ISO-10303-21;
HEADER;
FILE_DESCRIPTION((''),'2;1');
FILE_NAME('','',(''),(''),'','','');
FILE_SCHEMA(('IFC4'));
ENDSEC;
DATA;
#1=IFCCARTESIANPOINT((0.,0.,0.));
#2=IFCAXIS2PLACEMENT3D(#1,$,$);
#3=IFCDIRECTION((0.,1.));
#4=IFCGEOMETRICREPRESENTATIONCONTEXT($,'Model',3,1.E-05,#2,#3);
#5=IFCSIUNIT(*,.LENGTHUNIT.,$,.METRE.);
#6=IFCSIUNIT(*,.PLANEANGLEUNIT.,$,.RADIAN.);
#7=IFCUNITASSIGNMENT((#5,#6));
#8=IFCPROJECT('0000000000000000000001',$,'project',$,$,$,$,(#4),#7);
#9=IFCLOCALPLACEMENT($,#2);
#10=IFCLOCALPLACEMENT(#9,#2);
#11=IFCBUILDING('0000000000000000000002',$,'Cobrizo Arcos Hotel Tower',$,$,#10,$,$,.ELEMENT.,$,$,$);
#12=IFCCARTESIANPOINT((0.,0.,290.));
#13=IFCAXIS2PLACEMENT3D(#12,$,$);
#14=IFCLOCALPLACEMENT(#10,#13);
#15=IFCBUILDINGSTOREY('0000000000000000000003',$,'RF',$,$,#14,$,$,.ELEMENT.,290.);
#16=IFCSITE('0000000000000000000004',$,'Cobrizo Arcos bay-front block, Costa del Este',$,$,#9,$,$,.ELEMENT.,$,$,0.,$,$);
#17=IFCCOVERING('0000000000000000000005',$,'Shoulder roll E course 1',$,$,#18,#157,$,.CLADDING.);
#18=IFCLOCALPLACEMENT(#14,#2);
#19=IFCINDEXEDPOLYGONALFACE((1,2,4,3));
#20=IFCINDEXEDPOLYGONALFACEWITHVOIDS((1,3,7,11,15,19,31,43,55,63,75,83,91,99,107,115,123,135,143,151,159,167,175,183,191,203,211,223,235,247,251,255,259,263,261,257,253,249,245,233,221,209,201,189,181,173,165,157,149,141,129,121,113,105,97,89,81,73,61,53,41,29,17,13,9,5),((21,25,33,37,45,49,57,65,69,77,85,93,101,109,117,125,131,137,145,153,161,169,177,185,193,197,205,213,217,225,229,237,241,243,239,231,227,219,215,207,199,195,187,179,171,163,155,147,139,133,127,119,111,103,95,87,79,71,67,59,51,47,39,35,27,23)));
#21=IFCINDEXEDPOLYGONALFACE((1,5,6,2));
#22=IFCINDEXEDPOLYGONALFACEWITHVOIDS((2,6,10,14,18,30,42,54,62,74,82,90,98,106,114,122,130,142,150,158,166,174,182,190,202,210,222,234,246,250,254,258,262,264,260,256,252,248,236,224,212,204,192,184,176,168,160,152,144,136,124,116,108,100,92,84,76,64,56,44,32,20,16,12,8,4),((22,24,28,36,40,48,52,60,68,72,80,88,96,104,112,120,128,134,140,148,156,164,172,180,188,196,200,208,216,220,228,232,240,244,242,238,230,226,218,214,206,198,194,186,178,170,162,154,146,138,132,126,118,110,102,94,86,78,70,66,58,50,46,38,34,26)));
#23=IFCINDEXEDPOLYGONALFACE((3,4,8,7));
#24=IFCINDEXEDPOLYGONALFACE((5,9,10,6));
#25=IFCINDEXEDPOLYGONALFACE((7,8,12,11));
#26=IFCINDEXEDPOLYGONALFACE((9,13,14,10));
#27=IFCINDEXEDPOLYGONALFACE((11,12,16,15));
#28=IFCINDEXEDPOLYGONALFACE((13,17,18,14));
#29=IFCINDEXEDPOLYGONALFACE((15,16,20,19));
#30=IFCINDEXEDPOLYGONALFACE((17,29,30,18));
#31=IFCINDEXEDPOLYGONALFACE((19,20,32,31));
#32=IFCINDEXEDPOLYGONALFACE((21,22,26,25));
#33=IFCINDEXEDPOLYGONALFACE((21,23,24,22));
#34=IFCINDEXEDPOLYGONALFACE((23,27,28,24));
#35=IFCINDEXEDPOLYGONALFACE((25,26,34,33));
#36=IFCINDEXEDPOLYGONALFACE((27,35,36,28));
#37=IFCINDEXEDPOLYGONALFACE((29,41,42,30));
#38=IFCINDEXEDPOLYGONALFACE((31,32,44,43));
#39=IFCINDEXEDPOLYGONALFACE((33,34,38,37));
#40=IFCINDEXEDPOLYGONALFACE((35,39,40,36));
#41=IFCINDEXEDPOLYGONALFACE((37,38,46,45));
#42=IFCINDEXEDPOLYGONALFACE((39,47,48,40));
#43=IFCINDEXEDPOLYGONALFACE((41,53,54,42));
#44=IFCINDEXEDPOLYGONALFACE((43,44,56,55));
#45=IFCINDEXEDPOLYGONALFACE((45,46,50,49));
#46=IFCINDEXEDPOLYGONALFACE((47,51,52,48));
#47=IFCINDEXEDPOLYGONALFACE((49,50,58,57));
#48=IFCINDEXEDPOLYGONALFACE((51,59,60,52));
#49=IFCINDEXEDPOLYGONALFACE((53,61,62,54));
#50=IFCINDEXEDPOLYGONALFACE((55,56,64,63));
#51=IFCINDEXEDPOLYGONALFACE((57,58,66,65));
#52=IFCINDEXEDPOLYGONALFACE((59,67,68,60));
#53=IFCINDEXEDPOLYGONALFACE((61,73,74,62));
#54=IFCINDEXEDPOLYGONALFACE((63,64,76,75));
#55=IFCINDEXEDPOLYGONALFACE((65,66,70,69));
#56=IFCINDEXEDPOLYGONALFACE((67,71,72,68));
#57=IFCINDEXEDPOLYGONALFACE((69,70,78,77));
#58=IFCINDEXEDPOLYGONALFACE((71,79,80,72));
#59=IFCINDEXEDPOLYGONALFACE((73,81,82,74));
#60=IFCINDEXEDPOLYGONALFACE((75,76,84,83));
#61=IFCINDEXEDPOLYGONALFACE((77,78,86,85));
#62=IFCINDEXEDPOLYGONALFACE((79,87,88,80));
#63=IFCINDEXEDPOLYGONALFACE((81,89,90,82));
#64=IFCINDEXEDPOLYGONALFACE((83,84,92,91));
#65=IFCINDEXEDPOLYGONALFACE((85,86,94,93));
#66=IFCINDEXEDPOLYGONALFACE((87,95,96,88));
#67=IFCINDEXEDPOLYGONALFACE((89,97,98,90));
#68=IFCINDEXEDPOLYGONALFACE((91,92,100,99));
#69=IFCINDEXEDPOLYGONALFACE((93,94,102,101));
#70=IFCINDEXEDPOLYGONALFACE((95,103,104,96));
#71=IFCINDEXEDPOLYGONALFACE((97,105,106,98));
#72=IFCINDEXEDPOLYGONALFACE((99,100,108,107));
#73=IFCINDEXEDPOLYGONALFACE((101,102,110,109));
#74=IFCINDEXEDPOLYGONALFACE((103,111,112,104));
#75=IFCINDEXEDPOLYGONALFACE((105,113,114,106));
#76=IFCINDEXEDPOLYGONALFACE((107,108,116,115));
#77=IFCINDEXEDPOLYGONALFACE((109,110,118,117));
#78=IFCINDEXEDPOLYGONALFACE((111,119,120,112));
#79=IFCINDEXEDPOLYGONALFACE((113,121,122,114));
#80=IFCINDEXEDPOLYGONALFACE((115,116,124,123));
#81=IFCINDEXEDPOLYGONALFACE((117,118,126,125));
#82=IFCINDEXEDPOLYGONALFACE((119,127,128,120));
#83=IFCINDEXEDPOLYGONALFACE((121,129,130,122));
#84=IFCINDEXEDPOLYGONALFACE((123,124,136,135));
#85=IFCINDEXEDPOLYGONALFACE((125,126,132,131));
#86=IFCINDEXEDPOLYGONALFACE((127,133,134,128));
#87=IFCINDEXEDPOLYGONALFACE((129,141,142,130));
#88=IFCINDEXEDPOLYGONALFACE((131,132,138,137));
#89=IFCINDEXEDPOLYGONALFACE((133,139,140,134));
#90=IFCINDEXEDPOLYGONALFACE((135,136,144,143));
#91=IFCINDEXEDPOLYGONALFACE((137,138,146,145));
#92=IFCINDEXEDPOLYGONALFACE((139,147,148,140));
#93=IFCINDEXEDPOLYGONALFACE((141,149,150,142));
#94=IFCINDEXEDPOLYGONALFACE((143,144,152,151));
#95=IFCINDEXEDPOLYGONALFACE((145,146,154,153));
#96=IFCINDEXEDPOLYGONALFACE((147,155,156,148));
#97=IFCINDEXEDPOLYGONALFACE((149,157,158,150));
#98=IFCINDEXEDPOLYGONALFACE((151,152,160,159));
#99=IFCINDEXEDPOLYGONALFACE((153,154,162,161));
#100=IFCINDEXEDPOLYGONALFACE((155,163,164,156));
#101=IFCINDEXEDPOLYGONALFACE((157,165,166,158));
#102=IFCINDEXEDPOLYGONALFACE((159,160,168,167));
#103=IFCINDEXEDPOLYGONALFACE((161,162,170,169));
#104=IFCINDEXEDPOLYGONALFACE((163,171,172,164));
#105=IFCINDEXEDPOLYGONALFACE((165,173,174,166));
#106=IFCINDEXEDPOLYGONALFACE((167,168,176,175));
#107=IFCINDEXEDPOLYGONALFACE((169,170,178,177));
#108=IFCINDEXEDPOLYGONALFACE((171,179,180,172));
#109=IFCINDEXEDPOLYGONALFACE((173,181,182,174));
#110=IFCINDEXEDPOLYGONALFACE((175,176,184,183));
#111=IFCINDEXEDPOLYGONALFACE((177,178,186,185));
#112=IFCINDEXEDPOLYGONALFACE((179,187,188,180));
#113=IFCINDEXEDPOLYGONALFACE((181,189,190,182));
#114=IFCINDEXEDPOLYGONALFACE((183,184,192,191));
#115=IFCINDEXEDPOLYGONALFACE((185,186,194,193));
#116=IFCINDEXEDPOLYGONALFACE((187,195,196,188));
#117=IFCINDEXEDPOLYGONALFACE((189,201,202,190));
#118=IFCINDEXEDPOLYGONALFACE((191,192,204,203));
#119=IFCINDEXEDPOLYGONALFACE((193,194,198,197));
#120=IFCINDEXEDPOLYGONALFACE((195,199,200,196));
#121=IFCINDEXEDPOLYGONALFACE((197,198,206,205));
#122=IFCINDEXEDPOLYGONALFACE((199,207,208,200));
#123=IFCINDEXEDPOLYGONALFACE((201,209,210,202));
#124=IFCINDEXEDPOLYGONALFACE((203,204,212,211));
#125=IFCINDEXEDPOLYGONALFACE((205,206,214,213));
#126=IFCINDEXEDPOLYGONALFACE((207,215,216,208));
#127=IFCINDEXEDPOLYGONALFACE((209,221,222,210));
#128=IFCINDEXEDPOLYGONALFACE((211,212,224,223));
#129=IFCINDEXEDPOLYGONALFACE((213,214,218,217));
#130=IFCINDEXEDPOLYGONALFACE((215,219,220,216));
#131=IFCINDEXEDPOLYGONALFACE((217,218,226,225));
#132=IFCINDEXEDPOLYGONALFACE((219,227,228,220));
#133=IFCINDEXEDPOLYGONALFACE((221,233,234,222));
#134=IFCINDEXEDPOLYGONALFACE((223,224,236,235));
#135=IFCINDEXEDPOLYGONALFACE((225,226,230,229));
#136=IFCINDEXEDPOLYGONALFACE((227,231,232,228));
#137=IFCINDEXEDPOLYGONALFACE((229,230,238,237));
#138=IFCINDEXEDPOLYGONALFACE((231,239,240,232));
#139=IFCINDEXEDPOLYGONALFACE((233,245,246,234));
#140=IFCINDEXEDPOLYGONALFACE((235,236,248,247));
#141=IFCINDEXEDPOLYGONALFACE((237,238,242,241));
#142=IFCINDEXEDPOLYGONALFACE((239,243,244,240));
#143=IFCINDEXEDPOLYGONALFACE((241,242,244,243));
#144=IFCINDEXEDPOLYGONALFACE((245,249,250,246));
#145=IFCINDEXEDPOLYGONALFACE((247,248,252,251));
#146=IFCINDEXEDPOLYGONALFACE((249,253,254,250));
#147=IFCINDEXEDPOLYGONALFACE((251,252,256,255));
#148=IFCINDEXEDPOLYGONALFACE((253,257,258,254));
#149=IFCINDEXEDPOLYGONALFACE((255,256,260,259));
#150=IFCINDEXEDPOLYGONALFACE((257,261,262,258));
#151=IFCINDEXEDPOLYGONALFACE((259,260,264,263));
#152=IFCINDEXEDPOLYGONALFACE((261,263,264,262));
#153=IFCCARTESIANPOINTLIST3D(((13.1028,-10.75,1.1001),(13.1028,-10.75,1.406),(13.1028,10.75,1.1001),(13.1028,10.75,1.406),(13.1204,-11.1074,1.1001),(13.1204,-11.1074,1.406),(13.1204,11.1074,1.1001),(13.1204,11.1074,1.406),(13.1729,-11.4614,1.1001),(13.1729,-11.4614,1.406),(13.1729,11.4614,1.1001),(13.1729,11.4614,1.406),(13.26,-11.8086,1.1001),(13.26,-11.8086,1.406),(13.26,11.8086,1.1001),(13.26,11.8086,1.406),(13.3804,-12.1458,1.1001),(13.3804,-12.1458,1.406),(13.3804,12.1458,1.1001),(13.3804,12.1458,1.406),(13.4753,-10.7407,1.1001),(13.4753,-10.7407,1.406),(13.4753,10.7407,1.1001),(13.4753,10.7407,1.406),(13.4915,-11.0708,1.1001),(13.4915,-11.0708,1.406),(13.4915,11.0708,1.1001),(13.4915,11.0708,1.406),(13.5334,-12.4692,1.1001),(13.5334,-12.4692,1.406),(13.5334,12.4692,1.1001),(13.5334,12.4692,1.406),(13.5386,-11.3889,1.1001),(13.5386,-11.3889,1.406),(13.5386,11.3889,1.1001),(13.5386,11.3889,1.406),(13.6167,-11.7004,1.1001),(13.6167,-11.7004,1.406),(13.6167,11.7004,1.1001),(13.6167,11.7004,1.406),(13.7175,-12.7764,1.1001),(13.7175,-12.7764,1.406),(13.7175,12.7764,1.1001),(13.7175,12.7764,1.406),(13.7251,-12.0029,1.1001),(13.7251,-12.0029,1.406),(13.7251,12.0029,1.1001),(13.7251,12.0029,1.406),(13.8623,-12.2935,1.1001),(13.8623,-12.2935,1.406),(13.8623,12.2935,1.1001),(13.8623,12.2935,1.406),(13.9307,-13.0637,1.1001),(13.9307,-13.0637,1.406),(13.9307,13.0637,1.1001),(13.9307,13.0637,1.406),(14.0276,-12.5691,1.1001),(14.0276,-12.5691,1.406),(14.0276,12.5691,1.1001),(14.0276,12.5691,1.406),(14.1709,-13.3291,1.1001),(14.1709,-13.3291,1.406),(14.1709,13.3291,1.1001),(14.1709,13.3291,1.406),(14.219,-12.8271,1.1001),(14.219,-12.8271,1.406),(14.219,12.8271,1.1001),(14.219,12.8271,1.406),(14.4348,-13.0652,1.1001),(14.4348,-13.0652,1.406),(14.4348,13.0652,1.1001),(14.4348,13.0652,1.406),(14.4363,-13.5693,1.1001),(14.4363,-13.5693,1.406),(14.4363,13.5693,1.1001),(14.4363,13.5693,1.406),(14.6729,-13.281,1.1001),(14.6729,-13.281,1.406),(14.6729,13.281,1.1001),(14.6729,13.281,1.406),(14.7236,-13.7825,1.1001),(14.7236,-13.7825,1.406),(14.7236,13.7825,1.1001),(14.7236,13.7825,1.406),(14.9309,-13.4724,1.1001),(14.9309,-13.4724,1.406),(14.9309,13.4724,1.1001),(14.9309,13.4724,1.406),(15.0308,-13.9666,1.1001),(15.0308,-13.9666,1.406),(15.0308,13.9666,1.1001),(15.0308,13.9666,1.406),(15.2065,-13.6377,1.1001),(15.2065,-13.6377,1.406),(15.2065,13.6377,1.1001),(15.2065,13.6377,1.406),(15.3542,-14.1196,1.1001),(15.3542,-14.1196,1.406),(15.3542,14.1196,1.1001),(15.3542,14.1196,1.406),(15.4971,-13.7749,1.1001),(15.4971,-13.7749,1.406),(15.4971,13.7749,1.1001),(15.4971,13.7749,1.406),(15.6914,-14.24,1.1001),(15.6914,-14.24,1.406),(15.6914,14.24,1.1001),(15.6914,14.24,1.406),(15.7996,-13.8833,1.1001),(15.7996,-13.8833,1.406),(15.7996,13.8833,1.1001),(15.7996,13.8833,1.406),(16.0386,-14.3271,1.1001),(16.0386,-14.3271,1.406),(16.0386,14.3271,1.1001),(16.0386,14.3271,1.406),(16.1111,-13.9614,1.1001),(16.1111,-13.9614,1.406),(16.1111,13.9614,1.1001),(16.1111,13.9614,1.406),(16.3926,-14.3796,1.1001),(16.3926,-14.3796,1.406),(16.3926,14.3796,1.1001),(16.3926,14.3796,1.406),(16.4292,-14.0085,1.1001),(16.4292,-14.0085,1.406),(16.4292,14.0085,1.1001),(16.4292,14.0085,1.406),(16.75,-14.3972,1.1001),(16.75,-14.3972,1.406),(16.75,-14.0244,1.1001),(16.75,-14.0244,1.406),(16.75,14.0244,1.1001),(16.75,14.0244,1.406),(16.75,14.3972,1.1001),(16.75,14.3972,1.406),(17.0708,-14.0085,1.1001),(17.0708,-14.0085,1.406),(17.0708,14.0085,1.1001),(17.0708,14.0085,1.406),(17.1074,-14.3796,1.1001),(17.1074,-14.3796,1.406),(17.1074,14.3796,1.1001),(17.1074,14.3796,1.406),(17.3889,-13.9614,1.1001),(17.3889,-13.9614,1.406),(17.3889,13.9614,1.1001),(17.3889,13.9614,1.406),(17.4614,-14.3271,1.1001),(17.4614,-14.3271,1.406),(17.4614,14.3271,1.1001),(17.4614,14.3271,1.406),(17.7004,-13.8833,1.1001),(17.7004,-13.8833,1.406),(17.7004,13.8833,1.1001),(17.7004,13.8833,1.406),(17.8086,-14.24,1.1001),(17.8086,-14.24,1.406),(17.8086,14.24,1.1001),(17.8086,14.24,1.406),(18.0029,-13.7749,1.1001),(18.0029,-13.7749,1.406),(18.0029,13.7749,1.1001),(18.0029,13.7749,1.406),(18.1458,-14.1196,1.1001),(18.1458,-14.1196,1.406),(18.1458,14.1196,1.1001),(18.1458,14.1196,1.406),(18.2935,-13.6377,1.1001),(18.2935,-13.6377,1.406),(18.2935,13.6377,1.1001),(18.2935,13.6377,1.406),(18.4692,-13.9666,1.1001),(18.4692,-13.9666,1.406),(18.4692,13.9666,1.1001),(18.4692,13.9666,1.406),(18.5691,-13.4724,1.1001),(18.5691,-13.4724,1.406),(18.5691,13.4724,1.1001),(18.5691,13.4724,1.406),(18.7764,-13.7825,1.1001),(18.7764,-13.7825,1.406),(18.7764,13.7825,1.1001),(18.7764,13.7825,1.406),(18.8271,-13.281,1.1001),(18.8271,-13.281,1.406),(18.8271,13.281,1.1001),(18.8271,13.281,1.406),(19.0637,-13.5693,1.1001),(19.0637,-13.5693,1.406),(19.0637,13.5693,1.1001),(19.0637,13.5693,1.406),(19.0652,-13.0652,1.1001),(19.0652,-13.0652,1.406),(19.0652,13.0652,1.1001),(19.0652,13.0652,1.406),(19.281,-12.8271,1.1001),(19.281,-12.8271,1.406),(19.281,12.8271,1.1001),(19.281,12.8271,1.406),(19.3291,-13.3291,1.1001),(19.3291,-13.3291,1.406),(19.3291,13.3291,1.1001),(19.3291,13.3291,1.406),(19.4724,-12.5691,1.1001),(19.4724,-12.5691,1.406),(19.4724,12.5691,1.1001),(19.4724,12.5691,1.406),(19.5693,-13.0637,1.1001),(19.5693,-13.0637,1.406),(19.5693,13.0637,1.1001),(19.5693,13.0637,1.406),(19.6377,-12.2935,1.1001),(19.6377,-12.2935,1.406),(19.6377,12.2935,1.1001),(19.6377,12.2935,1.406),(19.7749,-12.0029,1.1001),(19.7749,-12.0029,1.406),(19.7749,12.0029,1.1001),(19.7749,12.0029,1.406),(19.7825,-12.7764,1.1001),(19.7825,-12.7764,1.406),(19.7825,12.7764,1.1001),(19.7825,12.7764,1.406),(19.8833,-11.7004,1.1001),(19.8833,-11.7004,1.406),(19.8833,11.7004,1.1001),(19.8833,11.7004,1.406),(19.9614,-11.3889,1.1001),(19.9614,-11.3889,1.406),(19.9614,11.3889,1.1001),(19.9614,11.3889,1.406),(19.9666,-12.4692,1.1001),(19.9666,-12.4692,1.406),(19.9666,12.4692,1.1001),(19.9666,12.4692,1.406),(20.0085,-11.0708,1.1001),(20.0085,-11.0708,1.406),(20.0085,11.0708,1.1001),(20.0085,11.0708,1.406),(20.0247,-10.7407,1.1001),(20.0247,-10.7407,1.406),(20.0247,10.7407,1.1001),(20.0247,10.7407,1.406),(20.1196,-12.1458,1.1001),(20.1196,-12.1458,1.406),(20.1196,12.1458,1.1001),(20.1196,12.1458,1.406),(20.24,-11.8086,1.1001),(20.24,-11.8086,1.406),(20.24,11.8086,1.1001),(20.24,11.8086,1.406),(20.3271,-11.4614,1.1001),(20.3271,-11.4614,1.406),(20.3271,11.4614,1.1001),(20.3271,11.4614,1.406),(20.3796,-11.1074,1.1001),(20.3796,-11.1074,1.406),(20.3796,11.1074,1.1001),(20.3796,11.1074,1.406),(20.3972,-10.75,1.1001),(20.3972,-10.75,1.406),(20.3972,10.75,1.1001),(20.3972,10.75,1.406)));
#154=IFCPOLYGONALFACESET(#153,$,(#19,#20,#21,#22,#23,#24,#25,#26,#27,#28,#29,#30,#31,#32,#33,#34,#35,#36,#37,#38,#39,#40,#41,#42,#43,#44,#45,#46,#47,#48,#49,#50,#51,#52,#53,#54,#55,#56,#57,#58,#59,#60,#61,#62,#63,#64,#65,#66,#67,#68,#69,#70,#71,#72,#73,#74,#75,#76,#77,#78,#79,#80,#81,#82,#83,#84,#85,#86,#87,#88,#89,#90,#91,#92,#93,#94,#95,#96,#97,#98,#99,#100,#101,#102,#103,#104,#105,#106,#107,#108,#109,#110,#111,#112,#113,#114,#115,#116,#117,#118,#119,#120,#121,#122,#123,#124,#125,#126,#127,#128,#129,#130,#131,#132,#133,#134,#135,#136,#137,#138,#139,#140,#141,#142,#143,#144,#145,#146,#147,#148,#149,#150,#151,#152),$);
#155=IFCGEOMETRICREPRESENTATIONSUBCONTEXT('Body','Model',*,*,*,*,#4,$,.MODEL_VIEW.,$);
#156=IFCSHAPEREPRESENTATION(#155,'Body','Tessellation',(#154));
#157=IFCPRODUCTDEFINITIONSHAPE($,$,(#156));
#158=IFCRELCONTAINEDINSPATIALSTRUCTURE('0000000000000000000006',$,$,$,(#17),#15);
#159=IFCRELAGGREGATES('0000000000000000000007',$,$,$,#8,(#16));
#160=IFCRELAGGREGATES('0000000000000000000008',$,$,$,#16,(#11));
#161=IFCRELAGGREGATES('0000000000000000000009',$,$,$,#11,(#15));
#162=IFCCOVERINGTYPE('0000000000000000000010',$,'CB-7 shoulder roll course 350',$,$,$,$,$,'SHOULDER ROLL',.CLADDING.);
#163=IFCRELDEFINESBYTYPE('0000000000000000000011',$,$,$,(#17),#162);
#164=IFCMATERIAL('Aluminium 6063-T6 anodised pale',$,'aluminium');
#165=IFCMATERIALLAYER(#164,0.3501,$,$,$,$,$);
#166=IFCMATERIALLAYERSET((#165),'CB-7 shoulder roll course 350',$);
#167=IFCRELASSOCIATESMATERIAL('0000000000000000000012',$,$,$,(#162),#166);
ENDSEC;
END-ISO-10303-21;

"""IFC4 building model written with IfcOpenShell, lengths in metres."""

from ifc_helpers import new_model, si_unit, direction, frame, origin, place, context, subcontext, project, spatial, polyline, outline, extrude, material, layer, layer_set, type_object, element, save


model = new_model("IFC4")

# Units and contexts
model_context = context("Model", 3, precision=1e-05, world=origin(), true_north=direction((0.0, 1.0)))
body_context = subcontext(model_context, "Body", "Model", "MODEL_VIEW")
ifc_project = project(units=[si_unit("LENGTHUNIT", "METRE"), si_unit("PLANEANGLEUNIT", "RADIAN")], contexts=[model_context])

# Site, building, storey
site_placement = place(None, origin())
site = spatial("IfcSite", under=ifc_project, at=site_placement, Name="Cobrizo Arcos bay-front block, Costa del Este", CompositionType="ELEMENT", RefElevation=0.0)
building_placement = place(site_placement, origin())
building = spatial("IfcBuilding", under=site, at=building_placement, Name="Cobrizo Arcos Hotel Tower", CompositionType="ELEMENT")
storey_placement = place(building_placement, frame((0.0, 0.0, 290.0)))
storey = spatial("IfcBuildingStorey", under=building, at=storey_placement, Name="RF", CompositionType="ELEMENT", Elevation=290.0)

# Covering
ifc_material_1 = material(Name="Aluminium 6063-T6 anodised pale", Category="aluminium")
ifc_layer_1 = layer(ifc_material_1, 0.3501)
ifc_layer_set_1 = layer_set([ifc_layer_1], Name="CB-7 shoulder roll course 350")
covering_type = type_object("IfcCoveringType", Name="CB-7 shoulder roll course 350", ElementType="SHOULDER ROLL", PredefinedType="CLADDING", material=ifc_layer_set_1)
covering_placement = place(storey_placement, frame((0.0, 0.0, 1.1001)))
element("IfcCovering", 1, at=covering_placement, inside=storey, type_object=covering_type, Name="Shoulder roll E course 1", PredefinedType="CLADDING", context=body_context, shape_type="SweptSolid", body=[
    extrude(outline(polyline([(13.1028, 10.75), (13.1204, 11.1074), (13.1729, 11.4614), (13.26, 11.8086), (13.3804, 12.1458), (13.5334, 12.4692), (13.7175, 12.7764), (13.9307, 13.0637), (14.1709, 13.3291), (14.4363, 13.5693), (14.7236, 13.7825), (15.0308, 13.9666), (15.3542, 14.1196), (15.6914, 14.24), (16.0386, 14.3271), (16.3926, 14.3796), (16.75, 14.3972), (17.1074, 14.3796), (17.4614, 14.3271), (17.8086, 14.24), (18.1458, 14.1196), (18.4692, 13.9666), (18.7764, 13.7825), (19.0637, 13.5693), (19.3291, 13.3291), (19.5693, 13.0637), (19.7825, 12.7764), (19.9666, 12.4692), (20.1196, 12.1458), (20.24, 11.8086), (20.3271, 11.4614), (20.3796, 11.1074), (20.3972, 10.75), (20.3972, -10.75), (20.3796, -11.1074), (20.3271, -11.4614), (20.24, -11.8086), (20.1196, -12.1458), (19.9666, -12.4692), (19.7825, -12.7764), (19.5693, -13.0637), (19.3291, -13.3291), (19.0637, -13.5693), (18.7764, -13.7825), (18.4692, -13.9666), (18.1458, -14.1196), (17.8086, -14.24), (17.4614, -14.3271), (17.1074, -14.3796), (16.75, -14.3972), (16.3926, -14.3796), (16.0386, -14.3271), (15.6914, -14.24), (15.3542, -14.1196), (15.0308, -13.9666), (14.7236, -13.7825), (14.4363, -13.5693), (14.1709, -13.3291), (13.9307, -13.0637), (13.7175, -12.7764), (13.5334, -12.4692), (13.3804, -12.1458), (13.26, -11.8086), (13.1729, -11.4614), (13.1204, -11.1074), (13.1028, -10.75), (13.1028, 10.75)]), holes=[polyline([(13.4753, 10.7407), (13.4915, 11.0708), (13.5386, 11.3889), (13.6167, 11.7004), (13.7251, 12.0029), (13.8623, 12.2935), (14.0276, 12.5691), (14.219, 12.8271), (14.4348, 13.0652), (14.6729, 13.281), (14.9309, 13.4724), (15.2065, 13.6377), (15.4971, 13.7749), (15.7996, 13.8833), (16.1111, 13.9614), (16.4292, 14.0085), (16.75, 14.0244), (17.0708, 14.0085), (17.3889, 13.9614), (17.7004, 13.8833), (18.0029, 13.7749), (18.2935, 13.6377), (18.5691, 13.4724), (18.8271, 13.281), (19.0652, 13.0652), (19.281, 12.8271), (19.4724, 12.5691), (19.6377, 12.2935), (19.7749, 12.0029), (19.8833, 11.7004), (19.9614, 11.3889), (20.0085, 11.0708), (20.0247, 10.7407), (20.0247, -10.7407), (20.0085, -11.0708), (19.9614, -11.3889), (19.8833, -11.7004), (19.7749, -12.0029), (19.6377, -12.2935), (19.4724, -12.5691), (19.281, -12.8271), (19.0652, -13.0652), (18.8271, -13.281), (18.5691, -13.4724), (18.2935, -13.6377), (18.0029, -13.7749), (17.7004, -13.8833), (17.3889, -13.9614), (17.0708, -14.0085), (16.75, -14.0244), (16.4292, -14.0085), (16.1111, -13.9614), (15.7996, -13.8833), (15.4971, -13.7749), (15.2065, -13.6377), (14.9309, -13.4724), (14.6729, -13.281), (14.4348, -13.0652), (14.219, -12.8271), (14.0276, -12.5691), (13.8623, -12.2935), (13.7251, -12.0029), (13.6167, -11.7004), (13.5386, -11.3889), (13.4915, -11.0708), (13.4753, -10.7407), (13.4753, 10.7407)])]), origin(), (0.0, 0.0, 1.0), 0.3059),
])

save(model, "model.ifc")
